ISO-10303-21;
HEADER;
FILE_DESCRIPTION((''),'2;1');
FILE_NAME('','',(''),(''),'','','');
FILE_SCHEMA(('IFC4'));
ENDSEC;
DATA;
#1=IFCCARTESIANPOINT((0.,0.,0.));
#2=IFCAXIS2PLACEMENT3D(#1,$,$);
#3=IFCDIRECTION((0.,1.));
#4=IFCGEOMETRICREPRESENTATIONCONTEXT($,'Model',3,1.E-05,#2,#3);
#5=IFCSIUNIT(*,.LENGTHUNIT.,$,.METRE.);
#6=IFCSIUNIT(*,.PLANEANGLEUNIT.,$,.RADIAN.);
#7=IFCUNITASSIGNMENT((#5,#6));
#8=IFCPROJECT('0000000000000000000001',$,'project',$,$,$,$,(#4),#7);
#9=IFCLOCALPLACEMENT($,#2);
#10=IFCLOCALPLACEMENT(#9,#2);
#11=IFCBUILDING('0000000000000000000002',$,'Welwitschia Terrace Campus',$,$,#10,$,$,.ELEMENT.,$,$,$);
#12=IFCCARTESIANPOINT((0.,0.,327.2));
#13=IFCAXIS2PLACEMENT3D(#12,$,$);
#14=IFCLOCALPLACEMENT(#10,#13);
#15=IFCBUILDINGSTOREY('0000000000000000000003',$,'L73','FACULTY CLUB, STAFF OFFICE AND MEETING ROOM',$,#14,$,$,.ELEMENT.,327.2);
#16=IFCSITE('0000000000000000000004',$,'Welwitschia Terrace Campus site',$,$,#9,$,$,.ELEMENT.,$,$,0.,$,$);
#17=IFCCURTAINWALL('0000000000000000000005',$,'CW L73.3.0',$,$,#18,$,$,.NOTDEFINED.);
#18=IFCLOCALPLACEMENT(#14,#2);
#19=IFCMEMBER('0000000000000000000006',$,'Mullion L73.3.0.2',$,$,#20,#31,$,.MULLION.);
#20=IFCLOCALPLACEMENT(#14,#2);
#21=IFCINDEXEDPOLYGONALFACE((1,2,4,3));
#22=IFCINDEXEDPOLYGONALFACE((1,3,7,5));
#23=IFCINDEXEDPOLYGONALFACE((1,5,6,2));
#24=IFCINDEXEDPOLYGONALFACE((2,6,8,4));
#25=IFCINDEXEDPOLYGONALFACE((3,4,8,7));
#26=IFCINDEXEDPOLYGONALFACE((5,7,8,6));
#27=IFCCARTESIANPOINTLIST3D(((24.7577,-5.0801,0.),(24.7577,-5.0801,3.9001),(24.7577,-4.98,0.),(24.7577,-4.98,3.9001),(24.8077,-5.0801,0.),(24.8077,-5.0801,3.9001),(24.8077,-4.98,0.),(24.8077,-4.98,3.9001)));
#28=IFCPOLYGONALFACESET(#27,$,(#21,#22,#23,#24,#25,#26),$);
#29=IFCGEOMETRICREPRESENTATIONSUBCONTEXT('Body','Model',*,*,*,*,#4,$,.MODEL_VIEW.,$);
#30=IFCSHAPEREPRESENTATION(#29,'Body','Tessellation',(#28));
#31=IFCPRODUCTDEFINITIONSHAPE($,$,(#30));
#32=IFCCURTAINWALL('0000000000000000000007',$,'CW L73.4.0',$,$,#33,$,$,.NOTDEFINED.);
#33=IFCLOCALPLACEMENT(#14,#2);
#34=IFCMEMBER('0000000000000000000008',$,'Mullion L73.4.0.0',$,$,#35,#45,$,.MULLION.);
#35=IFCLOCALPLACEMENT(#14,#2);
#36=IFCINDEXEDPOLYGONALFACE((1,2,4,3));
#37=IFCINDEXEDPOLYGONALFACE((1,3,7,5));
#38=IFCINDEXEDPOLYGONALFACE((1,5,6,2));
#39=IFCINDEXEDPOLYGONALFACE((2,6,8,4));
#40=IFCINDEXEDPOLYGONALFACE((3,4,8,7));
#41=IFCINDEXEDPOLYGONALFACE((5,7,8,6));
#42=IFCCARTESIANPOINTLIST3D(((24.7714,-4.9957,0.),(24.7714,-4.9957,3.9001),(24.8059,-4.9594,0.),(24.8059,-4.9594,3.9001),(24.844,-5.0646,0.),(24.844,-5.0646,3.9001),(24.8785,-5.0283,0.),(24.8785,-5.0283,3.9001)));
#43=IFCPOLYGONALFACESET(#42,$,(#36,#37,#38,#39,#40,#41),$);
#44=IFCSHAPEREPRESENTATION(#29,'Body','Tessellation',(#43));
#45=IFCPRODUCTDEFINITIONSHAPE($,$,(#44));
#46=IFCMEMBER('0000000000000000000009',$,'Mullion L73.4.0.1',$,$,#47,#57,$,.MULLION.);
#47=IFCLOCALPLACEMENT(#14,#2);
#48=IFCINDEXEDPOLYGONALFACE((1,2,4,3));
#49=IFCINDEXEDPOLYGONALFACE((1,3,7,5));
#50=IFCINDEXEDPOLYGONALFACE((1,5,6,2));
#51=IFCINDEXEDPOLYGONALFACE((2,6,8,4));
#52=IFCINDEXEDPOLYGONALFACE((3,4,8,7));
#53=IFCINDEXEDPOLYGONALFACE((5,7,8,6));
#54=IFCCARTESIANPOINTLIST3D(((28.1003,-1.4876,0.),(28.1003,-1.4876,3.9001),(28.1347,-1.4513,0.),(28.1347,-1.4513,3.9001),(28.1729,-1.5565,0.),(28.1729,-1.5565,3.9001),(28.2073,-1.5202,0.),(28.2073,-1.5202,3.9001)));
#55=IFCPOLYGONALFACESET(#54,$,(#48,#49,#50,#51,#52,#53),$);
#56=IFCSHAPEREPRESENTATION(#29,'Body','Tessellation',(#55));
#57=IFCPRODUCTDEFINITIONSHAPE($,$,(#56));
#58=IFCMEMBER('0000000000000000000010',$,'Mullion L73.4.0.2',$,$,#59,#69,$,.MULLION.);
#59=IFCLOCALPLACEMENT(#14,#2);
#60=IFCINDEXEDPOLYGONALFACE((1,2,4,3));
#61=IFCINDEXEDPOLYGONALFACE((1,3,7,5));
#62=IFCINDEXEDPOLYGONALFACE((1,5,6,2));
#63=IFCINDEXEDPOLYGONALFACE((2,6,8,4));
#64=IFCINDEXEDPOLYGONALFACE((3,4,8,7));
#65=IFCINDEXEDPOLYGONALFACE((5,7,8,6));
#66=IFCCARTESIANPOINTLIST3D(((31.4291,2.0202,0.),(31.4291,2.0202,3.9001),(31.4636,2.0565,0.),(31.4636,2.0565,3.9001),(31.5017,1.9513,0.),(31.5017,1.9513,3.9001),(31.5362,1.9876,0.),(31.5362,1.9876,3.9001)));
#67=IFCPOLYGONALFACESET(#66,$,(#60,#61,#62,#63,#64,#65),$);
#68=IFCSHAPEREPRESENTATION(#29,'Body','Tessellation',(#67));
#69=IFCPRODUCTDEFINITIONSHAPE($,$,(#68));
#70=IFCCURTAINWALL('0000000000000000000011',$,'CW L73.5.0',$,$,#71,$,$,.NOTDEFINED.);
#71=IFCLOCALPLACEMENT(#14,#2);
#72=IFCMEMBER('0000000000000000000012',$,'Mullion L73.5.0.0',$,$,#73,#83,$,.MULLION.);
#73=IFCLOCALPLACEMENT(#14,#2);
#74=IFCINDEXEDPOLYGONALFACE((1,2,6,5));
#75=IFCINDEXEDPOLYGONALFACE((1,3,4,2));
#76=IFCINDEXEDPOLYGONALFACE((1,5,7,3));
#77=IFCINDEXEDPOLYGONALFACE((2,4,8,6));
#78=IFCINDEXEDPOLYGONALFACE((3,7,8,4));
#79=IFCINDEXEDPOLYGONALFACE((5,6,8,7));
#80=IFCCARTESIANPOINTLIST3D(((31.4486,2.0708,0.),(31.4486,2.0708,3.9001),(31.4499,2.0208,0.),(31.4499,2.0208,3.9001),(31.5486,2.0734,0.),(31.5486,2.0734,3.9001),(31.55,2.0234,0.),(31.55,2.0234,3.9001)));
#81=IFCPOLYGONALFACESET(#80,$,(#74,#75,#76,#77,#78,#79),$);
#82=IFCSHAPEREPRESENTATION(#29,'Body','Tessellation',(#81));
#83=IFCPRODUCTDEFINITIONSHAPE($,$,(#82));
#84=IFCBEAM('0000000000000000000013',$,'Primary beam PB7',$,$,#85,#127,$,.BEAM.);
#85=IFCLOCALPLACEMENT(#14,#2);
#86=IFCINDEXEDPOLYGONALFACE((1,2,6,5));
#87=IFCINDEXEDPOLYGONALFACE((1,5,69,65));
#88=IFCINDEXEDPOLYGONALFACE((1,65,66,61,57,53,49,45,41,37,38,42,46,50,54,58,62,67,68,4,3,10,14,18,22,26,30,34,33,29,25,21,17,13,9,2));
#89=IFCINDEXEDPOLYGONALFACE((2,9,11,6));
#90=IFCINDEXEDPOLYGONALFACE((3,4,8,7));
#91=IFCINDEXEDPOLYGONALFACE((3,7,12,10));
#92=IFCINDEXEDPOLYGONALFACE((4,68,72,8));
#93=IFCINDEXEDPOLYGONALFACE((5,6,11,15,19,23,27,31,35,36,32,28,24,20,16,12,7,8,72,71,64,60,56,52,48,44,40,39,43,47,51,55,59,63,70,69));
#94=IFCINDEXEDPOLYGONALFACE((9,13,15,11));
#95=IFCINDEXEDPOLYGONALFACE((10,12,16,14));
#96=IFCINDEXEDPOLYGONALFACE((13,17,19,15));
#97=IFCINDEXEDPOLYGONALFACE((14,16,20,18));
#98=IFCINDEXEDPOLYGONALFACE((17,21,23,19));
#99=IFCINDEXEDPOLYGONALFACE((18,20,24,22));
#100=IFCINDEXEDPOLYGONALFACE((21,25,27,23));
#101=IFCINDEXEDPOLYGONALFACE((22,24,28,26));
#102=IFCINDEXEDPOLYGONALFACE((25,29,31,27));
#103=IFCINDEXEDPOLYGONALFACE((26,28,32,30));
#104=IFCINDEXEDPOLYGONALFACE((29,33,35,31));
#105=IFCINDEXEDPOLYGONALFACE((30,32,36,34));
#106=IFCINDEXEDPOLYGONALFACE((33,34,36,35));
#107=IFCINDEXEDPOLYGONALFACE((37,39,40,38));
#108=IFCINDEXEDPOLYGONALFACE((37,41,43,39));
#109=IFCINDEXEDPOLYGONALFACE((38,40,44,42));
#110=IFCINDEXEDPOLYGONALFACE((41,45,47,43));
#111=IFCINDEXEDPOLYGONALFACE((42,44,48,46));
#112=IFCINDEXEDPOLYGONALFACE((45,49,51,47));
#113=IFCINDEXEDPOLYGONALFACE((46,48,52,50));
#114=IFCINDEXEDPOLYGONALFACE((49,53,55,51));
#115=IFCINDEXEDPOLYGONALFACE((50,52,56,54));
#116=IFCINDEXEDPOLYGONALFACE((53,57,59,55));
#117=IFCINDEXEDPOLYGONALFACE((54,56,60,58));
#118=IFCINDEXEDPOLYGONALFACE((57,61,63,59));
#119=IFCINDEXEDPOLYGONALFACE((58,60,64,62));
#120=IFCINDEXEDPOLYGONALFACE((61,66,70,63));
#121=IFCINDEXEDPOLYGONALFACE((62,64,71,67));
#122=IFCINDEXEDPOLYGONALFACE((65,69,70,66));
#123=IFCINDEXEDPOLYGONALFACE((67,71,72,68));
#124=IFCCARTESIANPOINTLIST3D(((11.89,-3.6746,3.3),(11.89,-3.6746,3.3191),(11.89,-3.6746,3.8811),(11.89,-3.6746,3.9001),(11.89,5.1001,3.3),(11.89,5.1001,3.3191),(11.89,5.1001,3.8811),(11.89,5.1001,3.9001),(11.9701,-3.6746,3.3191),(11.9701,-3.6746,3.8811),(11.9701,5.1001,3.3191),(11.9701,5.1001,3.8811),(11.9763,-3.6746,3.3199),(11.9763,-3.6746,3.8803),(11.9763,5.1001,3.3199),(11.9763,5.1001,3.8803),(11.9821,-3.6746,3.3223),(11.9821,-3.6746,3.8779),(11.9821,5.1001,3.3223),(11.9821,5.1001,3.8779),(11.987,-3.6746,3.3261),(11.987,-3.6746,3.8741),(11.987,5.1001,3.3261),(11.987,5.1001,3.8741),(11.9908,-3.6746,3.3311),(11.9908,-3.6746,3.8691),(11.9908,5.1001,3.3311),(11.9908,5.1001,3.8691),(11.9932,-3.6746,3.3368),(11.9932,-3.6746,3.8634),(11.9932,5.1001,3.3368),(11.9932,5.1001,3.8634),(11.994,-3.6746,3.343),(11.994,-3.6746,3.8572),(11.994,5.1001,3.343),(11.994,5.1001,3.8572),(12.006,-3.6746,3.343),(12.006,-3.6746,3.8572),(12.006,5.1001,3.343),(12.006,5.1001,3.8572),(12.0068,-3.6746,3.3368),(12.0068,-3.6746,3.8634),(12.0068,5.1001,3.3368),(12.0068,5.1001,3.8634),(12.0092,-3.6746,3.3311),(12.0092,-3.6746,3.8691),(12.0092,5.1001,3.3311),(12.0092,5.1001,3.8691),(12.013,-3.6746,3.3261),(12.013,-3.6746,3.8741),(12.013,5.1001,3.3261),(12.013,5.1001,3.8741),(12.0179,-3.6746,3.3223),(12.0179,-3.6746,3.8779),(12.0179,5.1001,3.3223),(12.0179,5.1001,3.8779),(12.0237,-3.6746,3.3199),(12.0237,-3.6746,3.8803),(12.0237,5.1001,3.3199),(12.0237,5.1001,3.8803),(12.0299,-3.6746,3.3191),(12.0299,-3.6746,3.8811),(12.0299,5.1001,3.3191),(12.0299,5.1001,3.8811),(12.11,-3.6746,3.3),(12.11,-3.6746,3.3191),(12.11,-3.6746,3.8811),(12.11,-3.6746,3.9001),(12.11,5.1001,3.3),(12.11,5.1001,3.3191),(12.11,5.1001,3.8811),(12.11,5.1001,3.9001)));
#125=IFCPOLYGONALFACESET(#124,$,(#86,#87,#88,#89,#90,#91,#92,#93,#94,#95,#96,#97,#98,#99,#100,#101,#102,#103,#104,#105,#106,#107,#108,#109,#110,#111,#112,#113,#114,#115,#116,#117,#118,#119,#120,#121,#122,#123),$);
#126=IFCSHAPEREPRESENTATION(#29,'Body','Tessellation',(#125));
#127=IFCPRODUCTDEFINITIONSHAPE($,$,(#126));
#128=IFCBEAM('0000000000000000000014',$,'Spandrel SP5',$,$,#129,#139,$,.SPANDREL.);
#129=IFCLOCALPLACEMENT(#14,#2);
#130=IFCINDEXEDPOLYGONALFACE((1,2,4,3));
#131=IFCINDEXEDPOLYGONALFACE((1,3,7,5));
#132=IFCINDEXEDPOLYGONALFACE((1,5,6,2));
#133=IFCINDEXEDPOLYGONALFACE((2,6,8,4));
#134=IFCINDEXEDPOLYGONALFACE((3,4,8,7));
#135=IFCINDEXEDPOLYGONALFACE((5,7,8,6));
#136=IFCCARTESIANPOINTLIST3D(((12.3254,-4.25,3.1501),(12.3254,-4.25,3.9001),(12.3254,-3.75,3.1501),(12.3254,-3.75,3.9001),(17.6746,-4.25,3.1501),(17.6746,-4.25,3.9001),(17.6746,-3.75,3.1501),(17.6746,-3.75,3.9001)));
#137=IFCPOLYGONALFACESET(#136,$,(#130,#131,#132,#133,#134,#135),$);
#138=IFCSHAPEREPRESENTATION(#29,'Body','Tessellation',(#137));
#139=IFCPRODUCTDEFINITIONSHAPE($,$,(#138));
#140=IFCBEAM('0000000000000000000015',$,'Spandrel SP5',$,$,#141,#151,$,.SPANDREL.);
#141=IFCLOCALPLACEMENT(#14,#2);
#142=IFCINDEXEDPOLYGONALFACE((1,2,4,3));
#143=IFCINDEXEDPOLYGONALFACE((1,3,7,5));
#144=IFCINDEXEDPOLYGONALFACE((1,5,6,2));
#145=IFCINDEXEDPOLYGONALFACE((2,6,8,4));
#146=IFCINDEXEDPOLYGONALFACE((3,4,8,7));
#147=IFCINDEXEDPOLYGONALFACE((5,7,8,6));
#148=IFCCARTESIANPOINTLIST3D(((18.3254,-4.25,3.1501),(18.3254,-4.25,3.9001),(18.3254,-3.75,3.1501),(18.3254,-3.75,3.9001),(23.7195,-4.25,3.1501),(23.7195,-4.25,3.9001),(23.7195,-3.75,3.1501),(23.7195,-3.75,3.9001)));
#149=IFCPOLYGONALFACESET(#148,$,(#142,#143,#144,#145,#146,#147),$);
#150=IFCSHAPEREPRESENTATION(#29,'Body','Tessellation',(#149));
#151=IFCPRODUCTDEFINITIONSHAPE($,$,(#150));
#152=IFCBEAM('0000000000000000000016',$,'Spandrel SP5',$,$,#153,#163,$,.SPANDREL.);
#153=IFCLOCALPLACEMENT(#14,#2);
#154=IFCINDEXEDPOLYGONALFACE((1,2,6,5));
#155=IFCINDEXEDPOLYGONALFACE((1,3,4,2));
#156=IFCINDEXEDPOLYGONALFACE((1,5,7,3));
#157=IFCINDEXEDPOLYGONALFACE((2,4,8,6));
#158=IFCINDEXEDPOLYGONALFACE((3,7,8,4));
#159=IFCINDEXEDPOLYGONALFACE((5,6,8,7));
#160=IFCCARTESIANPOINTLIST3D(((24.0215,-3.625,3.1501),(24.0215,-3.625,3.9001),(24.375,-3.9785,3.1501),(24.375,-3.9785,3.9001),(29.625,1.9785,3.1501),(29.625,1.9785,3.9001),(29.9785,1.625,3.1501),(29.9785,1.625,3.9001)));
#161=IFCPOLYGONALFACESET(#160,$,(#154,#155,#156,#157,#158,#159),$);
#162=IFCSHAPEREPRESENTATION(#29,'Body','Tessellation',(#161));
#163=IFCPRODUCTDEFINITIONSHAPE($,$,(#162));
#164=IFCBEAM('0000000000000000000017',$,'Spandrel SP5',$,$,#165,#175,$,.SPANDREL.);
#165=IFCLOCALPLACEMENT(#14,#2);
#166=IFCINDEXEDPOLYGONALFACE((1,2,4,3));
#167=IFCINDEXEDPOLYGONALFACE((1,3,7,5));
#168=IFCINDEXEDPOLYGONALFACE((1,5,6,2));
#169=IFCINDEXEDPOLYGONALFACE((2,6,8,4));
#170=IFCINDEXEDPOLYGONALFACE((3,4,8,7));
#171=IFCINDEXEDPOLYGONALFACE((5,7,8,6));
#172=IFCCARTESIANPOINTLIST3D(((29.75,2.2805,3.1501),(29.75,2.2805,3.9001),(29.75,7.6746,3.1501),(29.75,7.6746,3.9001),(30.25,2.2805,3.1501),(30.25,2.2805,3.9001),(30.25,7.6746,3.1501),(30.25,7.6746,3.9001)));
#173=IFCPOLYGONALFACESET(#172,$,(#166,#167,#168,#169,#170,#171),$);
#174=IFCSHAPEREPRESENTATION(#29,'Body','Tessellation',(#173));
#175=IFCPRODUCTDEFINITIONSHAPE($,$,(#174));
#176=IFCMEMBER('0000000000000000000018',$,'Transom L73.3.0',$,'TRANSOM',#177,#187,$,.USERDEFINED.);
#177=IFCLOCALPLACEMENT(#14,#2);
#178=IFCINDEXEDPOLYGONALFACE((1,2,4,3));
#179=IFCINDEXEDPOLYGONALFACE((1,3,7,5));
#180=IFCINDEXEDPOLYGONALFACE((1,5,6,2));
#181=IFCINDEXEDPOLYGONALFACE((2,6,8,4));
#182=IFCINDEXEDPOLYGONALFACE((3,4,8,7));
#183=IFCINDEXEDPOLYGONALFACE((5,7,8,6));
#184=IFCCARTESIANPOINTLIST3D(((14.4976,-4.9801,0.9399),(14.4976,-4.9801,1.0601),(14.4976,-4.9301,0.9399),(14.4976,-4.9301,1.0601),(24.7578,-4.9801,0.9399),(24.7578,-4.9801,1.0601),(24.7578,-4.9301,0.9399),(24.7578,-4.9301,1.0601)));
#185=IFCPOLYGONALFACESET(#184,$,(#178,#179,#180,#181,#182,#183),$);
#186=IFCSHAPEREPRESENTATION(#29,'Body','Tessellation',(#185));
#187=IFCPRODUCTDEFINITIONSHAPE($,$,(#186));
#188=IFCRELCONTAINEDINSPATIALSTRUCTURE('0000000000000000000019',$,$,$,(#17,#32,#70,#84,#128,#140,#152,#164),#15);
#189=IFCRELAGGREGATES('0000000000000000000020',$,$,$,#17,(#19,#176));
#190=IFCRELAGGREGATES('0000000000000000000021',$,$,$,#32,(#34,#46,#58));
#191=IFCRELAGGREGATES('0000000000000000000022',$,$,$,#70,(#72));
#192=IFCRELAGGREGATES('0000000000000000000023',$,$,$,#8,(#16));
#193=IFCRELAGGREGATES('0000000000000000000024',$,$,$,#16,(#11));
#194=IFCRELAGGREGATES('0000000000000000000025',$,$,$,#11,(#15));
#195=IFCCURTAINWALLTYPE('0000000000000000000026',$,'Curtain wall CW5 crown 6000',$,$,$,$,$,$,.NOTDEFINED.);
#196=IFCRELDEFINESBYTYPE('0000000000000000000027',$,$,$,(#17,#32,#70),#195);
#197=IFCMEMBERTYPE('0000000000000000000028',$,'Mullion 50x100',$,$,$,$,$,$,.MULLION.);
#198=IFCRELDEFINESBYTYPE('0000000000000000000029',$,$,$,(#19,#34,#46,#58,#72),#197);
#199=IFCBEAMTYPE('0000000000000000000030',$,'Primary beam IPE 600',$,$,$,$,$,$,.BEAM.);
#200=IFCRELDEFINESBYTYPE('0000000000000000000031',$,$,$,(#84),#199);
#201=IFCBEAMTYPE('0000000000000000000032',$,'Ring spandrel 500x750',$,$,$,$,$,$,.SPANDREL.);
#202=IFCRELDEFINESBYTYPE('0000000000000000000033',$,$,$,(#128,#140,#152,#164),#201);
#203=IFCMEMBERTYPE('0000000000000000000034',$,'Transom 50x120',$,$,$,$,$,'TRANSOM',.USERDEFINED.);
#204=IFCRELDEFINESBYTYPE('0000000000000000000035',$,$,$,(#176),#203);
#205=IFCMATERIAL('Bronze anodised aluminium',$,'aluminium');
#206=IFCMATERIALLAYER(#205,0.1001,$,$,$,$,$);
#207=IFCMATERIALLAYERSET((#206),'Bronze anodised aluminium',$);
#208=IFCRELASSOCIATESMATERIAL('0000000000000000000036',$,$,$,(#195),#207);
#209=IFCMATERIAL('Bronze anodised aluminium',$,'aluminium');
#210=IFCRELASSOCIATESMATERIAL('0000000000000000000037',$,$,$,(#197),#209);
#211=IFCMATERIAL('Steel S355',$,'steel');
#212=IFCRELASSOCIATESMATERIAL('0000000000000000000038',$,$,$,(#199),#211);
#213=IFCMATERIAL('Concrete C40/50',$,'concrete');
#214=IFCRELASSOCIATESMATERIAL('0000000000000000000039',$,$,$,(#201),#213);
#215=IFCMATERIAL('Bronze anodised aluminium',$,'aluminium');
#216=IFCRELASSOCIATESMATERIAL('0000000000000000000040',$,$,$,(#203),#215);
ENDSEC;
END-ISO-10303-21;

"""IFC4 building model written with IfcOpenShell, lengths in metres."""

from ifc_helpers import new_model, si_unit, direction, frame, origin, origin_2d, place, context, subcontext, project, spatial, rectangle, i_section, extrude, material, layer, layer_set, material_profile, profile_set, type_object, element, aggregate, save


model = new_model("IFC4")

# Units and contexts
model_context = context("Model", 3, precision=1e-05, world=origin(), true_north=direction((0.0, 1.0)))
body_context = subcontext(model_context, "Body", "Model", "MODEL_VIEW")
ifc_project = project(units=[si_unit("LENGTHUNIT", "METRE"), si_unit("PLANEANGLEUNIT", "RADIAN")], contexts=[model_context])

# Site, building, storey
site_placement = place(None, origin())
site = spatial("IfcSite", under=ifc_project, at=site_placement, Name="Welwitschia Terrace Campus site", CompositionType="ELEMENT", RefElevation=0.0)
building_placement = place(site_placement, origin())
building = spatial("IfcBuilding", under=site, at=building_placement, Name="Welwitschia Terrace Campus", CompositionType="ELEMENT")
storey_placement = place(building_placement, frame((0.0, 0.0, 327.2)))
storey = spatial("IfcBuildingStorey", under=building, at=storey_placement, Name="L73", Description="FACULTY CLUB, STAFF OFFICE AND MEETING ROOM", CompositionType="ELEMENT", Elevation=327.2)

# Shared definitions
ifc_material_1 = material(Name="Bronze anodised aluminium", Category="aluminium")
ifc_layer_1 = layer(ifc_material_1, 0.1001)
ifc_layer_set_1 = layer_set([ifc_layer_1], Name="Bronze anodised aluminium")
curtain_wall_type = type_object("IfcCurtainWallType", Name="Curtain wall CW5 crown 6000", PredefinedType="NOTDEFINED", material=ifc_layer_set_1)
ifc_material_2 = material(Name="Bronze anodised aluminium", Category="aluminium")
ifc_material_profile_1 = material_profile(ifc_material_2, rectangle(XDim=0.1001, YDim=0.05, at=origin_2d()))
ifc_profile_set_1 = profile_set([ifc_material_profile_1], Name="Bronze anodised aluminium")
member_type_1 = type_object("IfcMemberType", Name="Mullion 50x100", PredefinedType="MULLION", material=ifc_profile_set_1)

# Curtain walls, members
curtain_wall_1_placement = place(storey_placement, origin())
curtain_wall_1 = element("IfcCurtainWall", 1, at=curtain_wall_1_placement, inside=storey, type_object=curtain_wall_type, Name="CW L73.3.0", PredefinedType="NOTDEFINED")
member_1_placement = place(storey_placement, frame((24.7827, -5.03, 0.0), z_axis=(0.0, 0.0, 1.0), x_axis=(0.0, 1.0, 0.0)))
member_1 = element("IfcMember", 2, at=member_1_placement, type_object=member_type_1, Name="Mullion L73.3.0.2", PredefinedType="MULLION", context=body_context, shape_type="SweptSolid", body=[
    extrude(rectangle(XDim=0.1001, YDim=0.05, at=origin_2d()), origin(), (0.0, 0.0, 1.0), 3.9001),
])
curtain_wall_2_placement = place(storey_placement, origin())
curtain_wall_2 = element("IfcCurtainWall", 3, at=curtain_wall_2_placement, inside=storey, type_object=curtain_wall_type, Name="CW L73.4.0", PredefinedType="NOTDEFINED")
member_2_placement = place(storey_placement, frame((24.825, -5.012, 0.0), z_axis=(0.0, 0.0, 1.0), x_axis=(-0.725374, 0.688355, 0.0)))
member_2 = element("IfcMember", 4, at=member_2_placement, type_object=member_type_1, Name="Mullion L73.4.0.0", PredefinedType="MULLION", context=body_context, shape_type="SweptSolid", body=[
    extrude(rectangle(XDim=0.1001, YDim=0.05, at=origin_2d()), origin(), (0.0, 0.0, 1.0), 3.9001),
])
member_3_placement = place(storey_placement, frame((28.1538, -1.5039, 0.0), z_axis=(0.0, 0.0, 1.0), x_axis=(-0.725374, 0.688355, 0.0)))
member_3 = element("IfcMember", 5, at=member_3_placement, type_object=member_type_1, Name="Mullion L73.4.0.1", PredefinedType="MULLION", context=body_context, shape_type="SweptSolid", body=[
    extrude(rectangle(XDim=0.1001, YDim=0.05, at=origin_2d()), origin(), (0.0, 0.0, 1.0), 3.9001),
])
member_4_placement = place(storey_placement, frame((31.4827, 2.0039, 0.0), z_axis=(0.0, 0.0, 1.0), x_axis=(-0.725374, 0.688355, 0.0)))
member_4 = element("IfcMember", 6, at=member_4_placement, type_object=member_type_1, Name="Mullion L73.4.0.2", PredefinedType="MULLION", context=body_context, shape_type="SweptSolid", body=[
    extrude(rectangle(XDim=0.1001, YDim=0.05, at=origin_2d()), origin(), (0.0, 0.0, 1.0), 3.9001),
])

# Curtain wall, member
curtain_wall_3_placement = place(storey_placement, origin())
curtain_wall_3 = element("IfcCurtainWall", 7, at=curtain_wall_3_placement, inside=storey, type_object=curtain_wall_type, Name="CW L73.5.0", PredefinedType="NOTDEFINED")
member_5_placement = place(storey_placement, frame((31.4993, 2.0471, 0.0), z_axis=(0.0, 0.0, 1.0), x_axis=(-0.999657, -0.026177, 0.0)))
member_5 = element("IfcMember", 8, at=member_5_placement, type_object=member_type_1, Name="Mullion L73.5.0.0", PredefinedType="MULLION", context=body_context, shape_type="SweptSolid", body=[
    extrude(rectangle(XDim=0.1001, YDim=0.05, at=origin_2d()), origin(), (0.0, 0.0, 1.0), 3.9001),
])

# Beams
ifc_material_3 = material(Name="Steel S355", Category="steel")
ifc_material_profile_2 = material_profile(ifc_material_3, i_section(OverallWidth=0.22, OverallDepth=0.6001, WebThickness=0.012, FlangeThickness=0.019, FilletRadius=0.0239, at=origin_2d()))
ifc_profile_set_2 = profile_set([ifc_material_profile_2], Name="Steel S355")
beam_type_1 = type_object("IfcBeamType", Name="Primary beam IPE 600", PredefinedType="BEAM", material=ifc_profile_set_2)
beam_1_placement = place(storey_placement, frame((12.0, -3.6746, 3.6001), z_axis=(0.0, 1.0, 0.0), x_axis=(-1.0, 0.0, 0.0)))
element("IfcBeam", 9, at=beam_1_placement, inside=storey, type_object=beam_type_1, Name="Primary beam PB7", PredefinedType="BEAM", context=body_context, shape_type="SweptSolid", body=[
    extrude(i_section(OverallWidth=0.22, OverallDepth=0.6001, WebThickness=0.012, FlangeThickness=0.019, FilletRadius=0.0239, at=origin_2d()), origin(), (0.0, 0.0, 1.0), 8.7747),
])
ifc_material_4 = material(Name="Concrete C40/50", Category="concrete")
ifc_material_profile_3 = material_profile(ifc_material_4, rectangle(XDim=0.5, YDim=0.75, at=origin_2d()))
ifc_profile_set_3 = profile_set([ifc_material_profile_3], Name="Concrete C40/50")
beam_type_2 = type_object("IfcBeamType", Name="Ring spandrel 500x750", PredefinedType="SPANDREL", material=ifc_profile_set_3)
beam_2_placement = place(storey_placement, frame((12.3254, -4.0, 3.5251), z_axis=(1.0, 0.0, 0.0), x_axis=(0.0, 1.0, 0.0)))
element("IfcBeam", 10, at=beam_2_placement, inside=storey, type_object=beam_type_2, Name="Spandrel SP5", PredefinedType="SPANDREL", context=body_context, shape_type="SweptSolid", body=[
    extrude(rectangle(XDim=0.5, YDim=0.75, at=origin_2d()), origin(), (0.0, 0.0, 1.0), 5.3491),
])
beam_3_placement = place(storey_placement, frame((18.3254, -4.0, 3.5251), z_axis=(1.0, 0.0, 0.0), x_axis=(0.0, 1.0, 0.0)))
element("IfcBeam", 11, at=beam_3_placement, inside=storey, type_object=beam_type_2, Name="Spandrel SP5", PredefinedType="SPANDREL", context=body_context, shape_type="SweptSolid", body=[
    extrude(rectangle(XDim=0.5, YDim=0.75, at=origin_2d()), origin(), (0.0, 0.0, 1.0), 5.394),
])
beam_4_placement = place(storey_placement, frame((24.1982, -3.8018, 3.5251), z_axis=(0.707107, 0.707107, 0.0), x_axis=(-0.707107, 0.707107, 0.0)))
element("IfcBeam", 12, at=beam_4_placement, inside=storey, type_object=beam_type_2, Name="Spandrel SP5", PredefinedType="SPANDREL", context=body_context, shape_type="SweptSolid", body=[
    extrude(rectangle(XDim=0.5, YDim=0.75, at=origin_2d()), origin(), (0.0, 0.0, 1.0), 7.9246),
])
beam_5_placement = place(storey_placement, frame((30.0, 2.2805, 3.5251), z_axis=(0.0, 1.0, 0.0), x_axis=(-1.0, 0.0, 0.0)))
element("IfcBeam", 13, at=beam_5_placement, inside=storey, type_object=beam_type_2, Name="Spandrel SP5", PredefinedType="SPANDREL", context=body_context, shape_type="SweptSolid", body=[
    extrude(rectangle(XDim=0.5, YDim=0.75, at=origin_2d()), origin(), (0.0, 0.0, 1.0), 5.394),
])

# Member
ifc_material_5 = material(Name="Bronze anodised aluminium", Category="aluminium")
ifc_material_profile_4 = material_profile(ifc_material_5, rectangle(XDim=0.05, YDim=0.1201, at=origin_2d()))
ifc_profile_set_4 = profile_set([ifc_material_profile_4], Name="Bronze anodised aluminium")
member_type_2 = type_object("IfcMemberType", Name="Transom 50x120", ElementType="TRANSOM", PredefinedType="USERDEFINED", material=ifc_profile_set_4)
member_6_placement = place(storey_placement, frame((14.4976, -4.9551, 1.0), z_axis=(1.0, 0.0, 0.0), x_axis=(0.0, 1.0, 0.0)))
member_6 = element("IfcMember", 14, at=member_6_placement, type_object=member_type_2, Name="Transom L73.3.0", ObjectType="TRANSOM", PredefinedType="USERDEFINED", context=body_context, shape_type="SweptSolid", body=[
    extrude(rectangle(XDim=0.05, YDim=0.1201, at=origin_2d()), origin(), (0.0, 0.0, 1.0), 10.2603),
])

aggregate(curtain_wall_1, [member_1, member_6])
aggregate(curtain_wall_2, [member_2, member_3, member_4])
aggregate(curtain_wall_3, [member_5])

save(model, "model.ifc")
